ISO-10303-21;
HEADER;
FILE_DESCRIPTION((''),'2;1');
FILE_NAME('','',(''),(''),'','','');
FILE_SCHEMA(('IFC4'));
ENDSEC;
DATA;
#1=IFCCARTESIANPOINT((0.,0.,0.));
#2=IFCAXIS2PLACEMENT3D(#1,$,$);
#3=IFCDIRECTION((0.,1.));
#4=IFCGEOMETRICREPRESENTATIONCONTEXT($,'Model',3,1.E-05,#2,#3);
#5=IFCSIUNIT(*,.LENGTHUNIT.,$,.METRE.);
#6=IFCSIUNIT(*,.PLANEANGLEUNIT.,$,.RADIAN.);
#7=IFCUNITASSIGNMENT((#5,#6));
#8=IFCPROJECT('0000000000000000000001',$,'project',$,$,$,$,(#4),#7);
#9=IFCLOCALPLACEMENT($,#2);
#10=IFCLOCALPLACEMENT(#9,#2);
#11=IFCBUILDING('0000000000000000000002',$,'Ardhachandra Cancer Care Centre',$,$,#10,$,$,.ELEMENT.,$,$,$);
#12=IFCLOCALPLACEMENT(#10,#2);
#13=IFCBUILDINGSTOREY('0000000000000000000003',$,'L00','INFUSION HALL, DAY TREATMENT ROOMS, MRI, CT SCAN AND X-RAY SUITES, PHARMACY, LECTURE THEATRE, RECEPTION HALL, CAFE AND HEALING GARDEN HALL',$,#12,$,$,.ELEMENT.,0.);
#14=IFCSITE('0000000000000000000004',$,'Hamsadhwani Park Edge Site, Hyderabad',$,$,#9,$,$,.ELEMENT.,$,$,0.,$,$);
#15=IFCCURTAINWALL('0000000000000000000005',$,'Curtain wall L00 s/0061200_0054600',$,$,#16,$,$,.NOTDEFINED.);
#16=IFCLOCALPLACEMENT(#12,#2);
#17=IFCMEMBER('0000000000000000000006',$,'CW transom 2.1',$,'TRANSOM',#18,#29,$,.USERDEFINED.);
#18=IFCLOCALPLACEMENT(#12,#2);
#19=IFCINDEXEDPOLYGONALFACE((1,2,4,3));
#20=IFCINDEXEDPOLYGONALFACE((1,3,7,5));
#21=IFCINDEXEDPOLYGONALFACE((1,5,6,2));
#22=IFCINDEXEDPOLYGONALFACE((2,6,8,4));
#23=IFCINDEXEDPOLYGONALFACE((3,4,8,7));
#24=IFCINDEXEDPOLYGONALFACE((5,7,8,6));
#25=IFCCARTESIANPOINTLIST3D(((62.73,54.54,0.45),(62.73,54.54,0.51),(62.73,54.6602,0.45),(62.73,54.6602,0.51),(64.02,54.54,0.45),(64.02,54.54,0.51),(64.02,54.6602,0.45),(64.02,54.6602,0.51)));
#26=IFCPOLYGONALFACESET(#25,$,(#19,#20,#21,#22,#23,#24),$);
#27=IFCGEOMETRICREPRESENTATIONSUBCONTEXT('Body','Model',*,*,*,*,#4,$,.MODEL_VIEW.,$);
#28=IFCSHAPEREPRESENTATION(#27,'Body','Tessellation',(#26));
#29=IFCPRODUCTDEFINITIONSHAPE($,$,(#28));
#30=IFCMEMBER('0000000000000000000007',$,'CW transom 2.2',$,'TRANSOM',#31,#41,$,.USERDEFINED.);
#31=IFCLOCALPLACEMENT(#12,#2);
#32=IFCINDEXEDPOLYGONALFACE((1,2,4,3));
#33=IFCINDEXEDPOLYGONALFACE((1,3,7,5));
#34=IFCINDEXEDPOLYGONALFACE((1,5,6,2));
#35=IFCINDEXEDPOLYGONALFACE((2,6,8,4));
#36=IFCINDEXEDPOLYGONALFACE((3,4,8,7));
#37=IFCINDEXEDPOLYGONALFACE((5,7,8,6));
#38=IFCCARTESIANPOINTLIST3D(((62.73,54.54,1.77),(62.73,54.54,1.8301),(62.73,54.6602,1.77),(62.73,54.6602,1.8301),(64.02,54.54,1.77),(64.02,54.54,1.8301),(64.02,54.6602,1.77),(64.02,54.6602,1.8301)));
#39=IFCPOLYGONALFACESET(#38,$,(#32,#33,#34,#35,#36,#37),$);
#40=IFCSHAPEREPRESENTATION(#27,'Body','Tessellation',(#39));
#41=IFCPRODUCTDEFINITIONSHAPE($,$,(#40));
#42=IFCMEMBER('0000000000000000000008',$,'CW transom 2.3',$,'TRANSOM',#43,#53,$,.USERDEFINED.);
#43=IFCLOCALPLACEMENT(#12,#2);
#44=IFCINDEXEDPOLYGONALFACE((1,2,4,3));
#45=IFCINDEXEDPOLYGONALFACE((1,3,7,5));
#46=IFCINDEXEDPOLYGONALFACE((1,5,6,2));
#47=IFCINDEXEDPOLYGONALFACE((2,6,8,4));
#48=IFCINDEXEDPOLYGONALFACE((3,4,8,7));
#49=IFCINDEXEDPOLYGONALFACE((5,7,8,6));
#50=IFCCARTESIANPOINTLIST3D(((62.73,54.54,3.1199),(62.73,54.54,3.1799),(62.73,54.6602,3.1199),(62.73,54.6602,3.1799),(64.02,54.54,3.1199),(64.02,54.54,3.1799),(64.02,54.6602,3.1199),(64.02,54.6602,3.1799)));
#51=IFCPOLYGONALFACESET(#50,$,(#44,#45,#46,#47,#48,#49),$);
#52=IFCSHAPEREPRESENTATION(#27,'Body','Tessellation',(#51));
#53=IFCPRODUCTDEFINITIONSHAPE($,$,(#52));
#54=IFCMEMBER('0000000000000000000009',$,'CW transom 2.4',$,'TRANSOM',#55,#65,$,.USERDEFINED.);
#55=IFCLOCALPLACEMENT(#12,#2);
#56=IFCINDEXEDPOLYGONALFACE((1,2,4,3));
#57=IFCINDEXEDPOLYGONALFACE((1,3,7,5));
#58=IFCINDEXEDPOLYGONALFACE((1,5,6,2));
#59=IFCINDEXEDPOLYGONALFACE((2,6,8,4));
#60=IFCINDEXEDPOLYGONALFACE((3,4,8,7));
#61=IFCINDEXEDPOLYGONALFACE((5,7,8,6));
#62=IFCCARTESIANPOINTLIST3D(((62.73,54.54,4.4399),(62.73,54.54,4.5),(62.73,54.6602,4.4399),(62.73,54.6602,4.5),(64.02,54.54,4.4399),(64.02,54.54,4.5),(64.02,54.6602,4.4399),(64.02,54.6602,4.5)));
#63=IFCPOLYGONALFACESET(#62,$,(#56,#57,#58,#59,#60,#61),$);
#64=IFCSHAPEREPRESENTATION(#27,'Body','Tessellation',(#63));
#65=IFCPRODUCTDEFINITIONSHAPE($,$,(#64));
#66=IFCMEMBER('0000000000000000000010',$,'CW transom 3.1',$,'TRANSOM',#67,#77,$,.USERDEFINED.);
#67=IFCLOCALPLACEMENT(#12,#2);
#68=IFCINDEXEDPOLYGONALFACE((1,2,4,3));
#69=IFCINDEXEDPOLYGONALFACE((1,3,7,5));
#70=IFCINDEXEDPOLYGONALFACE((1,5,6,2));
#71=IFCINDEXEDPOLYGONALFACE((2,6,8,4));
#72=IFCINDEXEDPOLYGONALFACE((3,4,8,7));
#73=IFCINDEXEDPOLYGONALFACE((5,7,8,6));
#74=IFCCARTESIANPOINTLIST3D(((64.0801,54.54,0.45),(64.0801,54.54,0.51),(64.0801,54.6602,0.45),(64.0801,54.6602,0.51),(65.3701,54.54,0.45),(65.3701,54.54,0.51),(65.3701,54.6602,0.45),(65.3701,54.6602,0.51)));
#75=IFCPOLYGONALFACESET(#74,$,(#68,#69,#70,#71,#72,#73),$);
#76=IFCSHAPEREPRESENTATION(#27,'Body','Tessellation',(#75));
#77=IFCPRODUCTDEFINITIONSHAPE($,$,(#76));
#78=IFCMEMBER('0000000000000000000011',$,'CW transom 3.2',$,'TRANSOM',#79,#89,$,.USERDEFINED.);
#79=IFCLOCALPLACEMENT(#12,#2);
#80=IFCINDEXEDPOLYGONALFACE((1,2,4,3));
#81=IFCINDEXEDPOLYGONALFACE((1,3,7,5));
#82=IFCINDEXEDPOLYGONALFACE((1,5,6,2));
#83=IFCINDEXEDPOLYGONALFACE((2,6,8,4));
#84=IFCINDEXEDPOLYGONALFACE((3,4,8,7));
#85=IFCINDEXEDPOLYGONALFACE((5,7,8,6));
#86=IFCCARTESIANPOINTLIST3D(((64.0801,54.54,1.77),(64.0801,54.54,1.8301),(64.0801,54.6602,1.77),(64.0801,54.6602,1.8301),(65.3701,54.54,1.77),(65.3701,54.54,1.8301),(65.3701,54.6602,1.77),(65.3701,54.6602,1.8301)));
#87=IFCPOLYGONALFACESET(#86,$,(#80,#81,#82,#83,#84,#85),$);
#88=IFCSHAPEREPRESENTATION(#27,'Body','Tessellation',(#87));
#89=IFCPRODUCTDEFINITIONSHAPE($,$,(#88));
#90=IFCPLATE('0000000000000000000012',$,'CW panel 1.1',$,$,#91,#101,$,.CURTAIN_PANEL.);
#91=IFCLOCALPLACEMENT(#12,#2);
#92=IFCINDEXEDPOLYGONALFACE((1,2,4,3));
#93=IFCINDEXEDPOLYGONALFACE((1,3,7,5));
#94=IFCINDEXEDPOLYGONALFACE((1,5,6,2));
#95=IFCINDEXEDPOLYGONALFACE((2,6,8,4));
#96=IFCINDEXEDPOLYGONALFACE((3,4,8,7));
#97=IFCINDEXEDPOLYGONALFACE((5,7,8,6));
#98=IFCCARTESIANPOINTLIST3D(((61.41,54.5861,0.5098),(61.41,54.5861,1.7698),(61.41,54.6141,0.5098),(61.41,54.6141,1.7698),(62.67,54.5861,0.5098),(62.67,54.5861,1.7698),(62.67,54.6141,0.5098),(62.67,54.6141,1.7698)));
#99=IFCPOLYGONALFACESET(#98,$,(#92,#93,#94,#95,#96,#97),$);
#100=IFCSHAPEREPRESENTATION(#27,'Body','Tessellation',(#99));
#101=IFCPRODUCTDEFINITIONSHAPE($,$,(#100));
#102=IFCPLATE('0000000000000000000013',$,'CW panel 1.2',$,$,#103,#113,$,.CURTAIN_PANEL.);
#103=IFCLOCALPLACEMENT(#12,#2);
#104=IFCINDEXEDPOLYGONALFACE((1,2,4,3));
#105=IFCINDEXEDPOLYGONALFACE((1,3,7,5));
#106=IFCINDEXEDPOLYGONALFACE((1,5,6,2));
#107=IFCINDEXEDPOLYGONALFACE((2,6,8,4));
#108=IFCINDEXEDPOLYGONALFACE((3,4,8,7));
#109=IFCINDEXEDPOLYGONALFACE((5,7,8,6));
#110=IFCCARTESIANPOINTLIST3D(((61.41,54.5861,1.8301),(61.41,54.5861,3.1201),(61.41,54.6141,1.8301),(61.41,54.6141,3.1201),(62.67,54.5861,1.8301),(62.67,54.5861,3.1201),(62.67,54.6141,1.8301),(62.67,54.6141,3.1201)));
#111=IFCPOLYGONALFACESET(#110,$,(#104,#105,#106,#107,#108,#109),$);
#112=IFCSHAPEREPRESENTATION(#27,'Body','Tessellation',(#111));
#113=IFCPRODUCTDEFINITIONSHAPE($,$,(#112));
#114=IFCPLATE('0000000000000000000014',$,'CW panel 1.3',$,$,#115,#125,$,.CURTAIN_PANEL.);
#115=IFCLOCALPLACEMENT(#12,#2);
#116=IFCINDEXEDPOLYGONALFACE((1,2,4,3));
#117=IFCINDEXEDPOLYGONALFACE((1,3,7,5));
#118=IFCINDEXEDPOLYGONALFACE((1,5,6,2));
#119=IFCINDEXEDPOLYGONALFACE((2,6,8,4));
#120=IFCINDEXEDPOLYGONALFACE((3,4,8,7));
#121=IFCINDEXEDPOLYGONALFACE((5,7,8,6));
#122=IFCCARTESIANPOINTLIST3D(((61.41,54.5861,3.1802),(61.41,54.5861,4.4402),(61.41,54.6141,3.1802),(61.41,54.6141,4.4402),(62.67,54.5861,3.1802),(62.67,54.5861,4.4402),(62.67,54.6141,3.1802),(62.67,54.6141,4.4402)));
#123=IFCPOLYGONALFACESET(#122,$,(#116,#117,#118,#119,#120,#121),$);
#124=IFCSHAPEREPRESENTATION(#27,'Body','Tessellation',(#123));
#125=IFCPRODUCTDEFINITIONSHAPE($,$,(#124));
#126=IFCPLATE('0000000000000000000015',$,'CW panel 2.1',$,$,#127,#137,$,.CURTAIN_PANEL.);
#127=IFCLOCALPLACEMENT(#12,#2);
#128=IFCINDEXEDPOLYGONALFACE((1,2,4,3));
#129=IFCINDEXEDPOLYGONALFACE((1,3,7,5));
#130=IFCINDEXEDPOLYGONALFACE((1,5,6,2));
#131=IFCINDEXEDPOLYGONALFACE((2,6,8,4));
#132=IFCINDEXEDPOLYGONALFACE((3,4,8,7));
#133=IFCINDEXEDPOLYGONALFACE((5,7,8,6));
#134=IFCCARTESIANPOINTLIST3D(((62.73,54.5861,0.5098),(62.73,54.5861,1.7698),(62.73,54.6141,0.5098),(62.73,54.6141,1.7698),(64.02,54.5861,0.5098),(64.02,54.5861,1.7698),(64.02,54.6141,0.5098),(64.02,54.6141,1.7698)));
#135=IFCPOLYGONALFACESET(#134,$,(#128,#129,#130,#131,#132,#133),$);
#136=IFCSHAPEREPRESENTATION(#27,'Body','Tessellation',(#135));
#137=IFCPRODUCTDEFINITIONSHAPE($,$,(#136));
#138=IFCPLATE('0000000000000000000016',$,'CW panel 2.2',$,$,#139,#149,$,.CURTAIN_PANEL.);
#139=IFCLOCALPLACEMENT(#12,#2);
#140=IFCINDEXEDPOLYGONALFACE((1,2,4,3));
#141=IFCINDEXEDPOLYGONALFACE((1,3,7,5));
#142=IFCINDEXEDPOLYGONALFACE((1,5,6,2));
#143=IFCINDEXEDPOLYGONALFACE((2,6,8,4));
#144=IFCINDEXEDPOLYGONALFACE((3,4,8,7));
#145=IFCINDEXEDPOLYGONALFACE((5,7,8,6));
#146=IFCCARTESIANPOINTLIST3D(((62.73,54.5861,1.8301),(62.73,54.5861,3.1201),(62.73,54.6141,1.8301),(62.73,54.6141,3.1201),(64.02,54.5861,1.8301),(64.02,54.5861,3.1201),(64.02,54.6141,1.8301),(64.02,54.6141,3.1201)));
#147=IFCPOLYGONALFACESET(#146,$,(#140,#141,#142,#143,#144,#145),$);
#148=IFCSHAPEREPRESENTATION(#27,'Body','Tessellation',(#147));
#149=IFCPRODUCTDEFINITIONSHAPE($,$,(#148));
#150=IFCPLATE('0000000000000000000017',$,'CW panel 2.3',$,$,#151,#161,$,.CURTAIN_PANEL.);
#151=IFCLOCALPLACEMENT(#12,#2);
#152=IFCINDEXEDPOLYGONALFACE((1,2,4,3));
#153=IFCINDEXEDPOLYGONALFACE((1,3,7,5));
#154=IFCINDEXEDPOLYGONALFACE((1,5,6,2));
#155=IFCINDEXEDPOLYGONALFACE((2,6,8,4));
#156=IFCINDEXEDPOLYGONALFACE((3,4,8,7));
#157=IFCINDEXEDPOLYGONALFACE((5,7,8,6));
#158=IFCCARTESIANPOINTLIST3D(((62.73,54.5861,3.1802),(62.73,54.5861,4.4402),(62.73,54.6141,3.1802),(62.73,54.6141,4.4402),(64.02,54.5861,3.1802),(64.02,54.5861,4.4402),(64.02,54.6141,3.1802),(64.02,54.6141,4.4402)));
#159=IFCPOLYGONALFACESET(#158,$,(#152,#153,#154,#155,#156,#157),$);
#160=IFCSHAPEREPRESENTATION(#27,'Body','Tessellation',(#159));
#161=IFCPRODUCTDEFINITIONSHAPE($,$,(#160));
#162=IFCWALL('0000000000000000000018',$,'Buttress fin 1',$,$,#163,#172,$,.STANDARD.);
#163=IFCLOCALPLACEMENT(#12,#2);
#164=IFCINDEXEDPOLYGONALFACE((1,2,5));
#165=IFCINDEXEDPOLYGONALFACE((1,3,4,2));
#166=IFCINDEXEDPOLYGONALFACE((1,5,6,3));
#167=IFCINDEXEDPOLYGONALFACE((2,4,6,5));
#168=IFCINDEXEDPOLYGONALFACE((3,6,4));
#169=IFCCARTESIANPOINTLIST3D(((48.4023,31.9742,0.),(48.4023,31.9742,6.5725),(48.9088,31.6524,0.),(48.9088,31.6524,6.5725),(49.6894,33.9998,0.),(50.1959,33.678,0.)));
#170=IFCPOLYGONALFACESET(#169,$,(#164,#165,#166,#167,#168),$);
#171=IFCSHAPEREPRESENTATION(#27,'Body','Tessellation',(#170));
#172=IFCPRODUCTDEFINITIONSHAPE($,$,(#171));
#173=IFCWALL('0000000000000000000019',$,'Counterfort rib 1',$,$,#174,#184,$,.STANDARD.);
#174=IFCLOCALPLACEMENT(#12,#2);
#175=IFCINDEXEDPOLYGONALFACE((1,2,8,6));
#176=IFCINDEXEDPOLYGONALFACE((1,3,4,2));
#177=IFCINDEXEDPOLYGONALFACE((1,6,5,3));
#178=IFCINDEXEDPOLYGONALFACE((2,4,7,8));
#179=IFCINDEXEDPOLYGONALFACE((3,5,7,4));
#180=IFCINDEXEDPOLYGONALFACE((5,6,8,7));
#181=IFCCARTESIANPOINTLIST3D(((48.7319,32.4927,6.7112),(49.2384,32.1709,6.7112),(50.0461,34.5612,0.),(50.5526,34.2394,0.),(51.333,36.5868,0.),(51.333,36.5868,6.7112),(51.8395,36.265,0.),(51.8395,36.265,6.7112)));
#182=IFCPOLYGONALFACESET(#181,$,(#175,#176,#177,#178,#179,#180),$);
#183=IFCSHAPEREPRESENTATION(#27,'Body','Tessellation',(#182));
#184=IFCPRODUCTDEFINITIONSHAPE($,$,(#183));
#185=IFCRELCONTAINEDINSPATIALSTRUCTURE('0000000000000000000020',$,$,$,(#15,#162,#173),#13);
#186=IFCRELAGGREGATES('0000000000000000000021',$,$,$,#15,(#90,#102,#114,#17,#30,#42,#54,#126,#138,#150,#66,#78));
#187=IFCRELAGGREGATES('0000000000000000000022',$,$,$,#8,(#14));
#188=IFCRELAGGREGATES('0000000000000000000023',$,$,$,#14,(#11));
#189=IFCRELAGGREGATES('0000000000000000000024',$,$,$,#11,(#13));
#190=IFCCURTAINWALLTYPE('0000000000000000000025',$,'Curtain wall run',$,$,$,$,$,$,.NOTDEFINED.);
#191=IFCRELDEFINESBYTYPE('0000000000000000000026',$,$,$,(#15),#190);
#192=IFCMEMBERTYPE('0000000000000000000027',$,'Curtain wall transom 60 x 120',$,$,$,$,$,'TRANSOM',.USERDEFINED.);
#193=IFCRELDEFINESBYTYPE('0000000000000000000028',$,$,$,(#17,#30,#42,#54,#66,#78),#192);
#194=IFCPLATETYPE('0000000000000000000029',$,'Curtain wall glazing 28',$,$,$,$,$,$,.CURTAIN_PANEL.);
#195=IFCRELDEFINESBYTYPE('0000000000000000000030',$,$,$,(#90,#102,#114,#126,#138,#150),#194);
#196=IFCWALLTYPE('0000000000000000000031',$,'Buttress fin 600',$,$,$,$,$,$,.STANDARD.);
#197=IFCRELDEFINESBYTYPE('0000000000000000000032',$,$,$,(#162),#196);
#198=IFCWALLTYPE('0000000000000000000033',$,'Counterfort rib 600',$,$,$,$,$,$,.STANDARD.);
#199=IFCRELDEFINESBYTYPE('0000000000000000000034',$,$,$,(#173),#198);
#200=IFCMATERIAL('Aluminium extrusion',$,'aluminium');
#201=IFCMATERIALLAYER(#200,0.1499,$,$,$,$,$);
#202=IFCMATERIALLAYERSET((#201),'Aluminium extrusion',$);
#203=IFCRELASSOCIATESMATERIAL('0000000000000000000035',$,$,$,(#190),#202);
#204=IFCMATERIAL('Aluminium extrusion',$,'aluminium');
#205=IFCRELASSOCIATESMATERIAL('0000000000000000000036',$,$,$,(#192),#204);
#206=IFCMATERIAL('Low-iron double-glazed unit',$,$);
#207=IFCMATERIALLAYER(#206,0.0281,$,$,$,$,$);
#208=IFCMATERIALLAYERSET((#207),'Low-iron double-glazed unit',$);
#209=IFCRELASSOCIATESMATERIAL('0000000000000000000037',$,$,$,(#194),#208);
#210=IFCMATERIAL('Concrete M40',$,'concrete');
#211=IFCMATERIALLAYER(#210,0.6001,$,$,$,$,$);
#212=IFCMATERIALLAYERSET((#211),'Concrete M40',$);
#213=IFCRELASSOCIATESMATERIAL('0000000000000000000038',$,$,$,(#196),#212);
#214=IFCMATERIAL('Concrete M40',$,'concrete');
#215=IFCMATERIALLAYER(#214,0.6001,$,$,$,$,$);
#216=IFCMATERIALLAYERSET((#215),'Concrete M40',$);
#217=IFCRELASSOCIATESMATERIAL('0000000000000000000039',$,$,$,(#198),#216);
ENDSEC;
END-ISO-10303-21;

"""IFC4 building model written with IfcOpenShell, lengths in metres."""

from ifc_helpers import new_model, si_unit, direction, frame, origin, origin_2d, place, context, subcontext, project, spatial, polyline, rectangle, outline, extrude, material, layer, layer_set, material_profile, profile_set, type_object, element, aggregate, save


model = new_model("IFC4")

# Units and contexts
model_context = context("Model", 3, precision=1e-05, world=origin(), true_north=direction((0.0, 1.0)))
body_context = subcontext(model_context, "Body", "Model", "MODEL_VIEW")
ifc_project = project(units=[si_unit("LENGTHUNIT", "METRE"), si_unit("PLANEANGLEUNIT", "RADIAN")], contexts=[model_context])

# Site, building, storey
site_placement = place(None, origin())
site = spatial("IfcSite", under=ifc_project, at=site_placement, Name="Hamsadhwani Park Edge Site, Hyderabad", CompositionType="ELEMENT", RefElevation=0.0)
building_placement = place(site_placement, origin())
building = spatial("IfcBuilding", under=site, at=building_placement, Name="Ardhachandra Cancer Care Centre", CompositionType="ELEMENT")
storey_placement = place(building_placement, origin())
storey = spatial("IfcBuildingStorey", under=building, at=storey_placement, Name="L00", Description="INFUSION HALL, DAY TREATMENT ROOMS, MRI, CT SCAN AND X-RAY SUITES, PHARMACY, LECTURE THEATRE, RECEPTION HALL, CAFE AND HEALING GARDEN HALL", CompositionType="ELEMENT", Elevation=0.0)

# Curtain wall, members, plates
ifc_material_1 = material(Name="Aluminium extrusion", Category="aluminium")
ifc_layer_1 = layer(ifc_material_1, 0.1499)
ifc_layer_set_1 = layer_set([ifc_layer_1], Name="Aluminium extrusion")
curtain_wall_type = type_object("IfcCurtainWallType", Name="Curtain wall run", PredefinedType="NOTDEFINED", material=ifc_layer_set_1)
curtain_wall_placement = place(storey_placement, origin())
curtain_wall = element("IfcCurtainWall", 1, at=curtain_wall_placement, inside=storey, type_object=curtain_wall_type, Name="Curtain wall L00 s/0061200_0054600", PredefinedType="NOTDEFINED")
ifc_material_2 = material(Name="Aluminium extrusion", Category="aluminium")
ifc_material_profile_1 = material_profile(ifc_material_2, rectangle(XDim=0.1201, YDim=0.0601, at=origin_2d()), Name="Curtain wall transom 60 x 120")
ifc_profile_set_1 = profile_set([ifc_material_profile_1], Name="Aluminium extrusion")
member_type_1 = type_object("IfcMemberType", Name="Curtain wall transom 60 x 120", ElementType="TRANSOM", PredefinedType="USERDEFINED", material=ifc_profile_set_1)
member_1_placement = place(storey_placement, frame((62.73, 54.6001, 0.48), z_axis=(1.0, 0.0, 0.0), x_axis=(0.0, 1.0, 0.0)))
member_1 = element("IfcMember", 2, at=member_1_placement, type_object=member_type_1, Name="CW transom 2.1", ObjectType="TRANSOM", PredefinedType="USERDEFINED", context=body_context, shape_type="SweptSolid", body=[
    extrude(rectangle(XDim=0.1201, YDim=0.0601, at=origin_2d()), origin(), (0.0, 0.0, 1.0), 1.29),
])
member_2_placement = place(storey_placement, frame((62.73, 54.6001, 1.8), z_axis=(1.0, 0.0, 0.0), x_axis=(0.0, 1.0, 0.0)))
member_2 = element("IfcMember", 3, at=member_2_placement, type_object=member_type_1, Name="CW transom 2.2", ObjectType="TRANSOM", PredefinedType="USERDEFINED", context=body_context, shape_type="SweptSolid", body=[
    extrude(rectangle(XDim=0.1201, YDim=0.0601, at=origin_2d()), origin(), (0.0, 0.0, 1.0), 1.29),
])
member_3_placement = place(storey_placement, frame((62.73, 54.6001, 3.1499), z_axis=(1.0, 0.0, 0.0), x_axis=(0.0, 1.0, 0.0)))
member_3 = element("IfcMember", 4, at=member_3_placement, type_object=member_type_1, Name="CW transom 2.3", ObjectType="TRANSOM", PredefinedType="USERDEFINED", context=body_context, shape_type="SweptSolid", body=[
    extrude(rectangle(XDim=0.1201, YDim=0.0601, at=origin_2d()), origin(), (0.0, 0.0, 1.0), 1.29),
])
member_4_placement = place(storey_placement, frame((62.73, 54.6001, 4.47), z_axis=(1.0, 0.0, 0.0), x_axis=(0.0, 1.0, 0.0)))
member_4 = element("IfcMember", 5, at=member_4_placement, type_object=member_type_1, Name="CW transom 2.4", ObjectType="TRANSOM", PredefinedType="USERDEFINED", context=body_context, shape_type="SweptSolid", body=[
    extrude(rectangle(XDim=0.1201, YDim=0.0601, at=origin_2d()), origin(), (0.0, 0.0, 1.0), 1.29),
])
member_5_placement = place(storey_placement, frame((64.0801, 54.6001, 0.48), z_axis=(1.0, 0.0, 0.0), x_axis=(0.0, 1.0, 0.0)))
member_5 = element("IfcMember", 6, at=member_5_placement, type_object=member_type_1, Name="CW transom 3.1", ObjectType="TRANSOM", PredefinedType="USERDEFINED", context=body_context, shape_type="SweptSolid", body=[
    extrude(rectangle(XDim=0.1201, YDim=0.0601, at=origin_2d()), origin(), (0.0, 0.0, 1.0), 1.29),
])
member_6_placement = place(storey_placement, frame((64.0801, 54.6001, 1.8), z_axis=(1.0, 0.0, 0.0), x_axis=(0.0, 1.0, 0.0)))
member_6 = element("IfcMember", 7, at=member_6_placement, type_object=member_type_1, Name="CW transom 3.2", ObjectType="TRANSOM", PredefinedType="USERDEFINED", context=body_context, shape_type="SweptSolid", body=[
    extrude(rectangle(XDim=0.1201, YDim=0.0601, at=origin_2d()), origin(), (0.0, 0.0, 1.0), 1.29),
])
ifc_material_3 = material(Name="Low-iron double-glazed unit")
ifc_layer_2 = layer(ifc_material_3, 0.0281)
ifc_layer_set_2 = layer_set([ifc_layer_2], Name="Low-iron double-glazed unit")
plate_type = type_object("IfcPlateType", Name="Curtain wall glazing 28", PredefinedType="CURTAIN_PANEL", material=ifc_layer_set_2)
plate_1_placement = place(storey_placement, frame((62.04, 54.6001, 0.5098), z_axis=(0.0, 0.0, 1.0), x_axis=(1.0, 0.0, 0.0)))
plate_1 = element("IfcPlate", 8, at=plate_1_placement, type_object=plate_type, Name="CW panel 1.1", PredefinedType="CURTAIN_PANEL", context=body_context, shape_type="SweptSolid", body=[
    extrude(rectangle(XDim=1.26, YDim=0.0281, at=origin_2d()), origin(), (0.0, 0.0, 1.0), 1.26),
])
plate_2_placement = place(storey_placement, frame((62.04, 54.6001, 1.8301), z_axis=(0.0, 0.0, 1.0), x_axis=(1.0, 0.0, 0.0)))
plate_2 = element("IfcPlate", 9, at=plate_2_placement, type_object=plate_type, Name="CW panel 1.2", PredefinedType="CURTAIN_PANEL", context=body_context, shape_type="SweptSolid", body=[
    extrude(rectangle(XDim=1.26, YDim=0.0281, at=origin_2d()), origin(), (0.0, 0.0, 1.0), 1.29),
])
plate_3_placement = place(storey_placement, frame((62.04, 54.6001, 3.1802), z_axis=(0.0, 0.0, 1.0), x_axis=(1.0, 0.0, 0.0)))
plate_3 = element("IfcPlate", 10, at=plate_3_placement, type_object=plate_type, Name="CW panel 1.3", PredefinedType="CURTAIN_PANEL", context=body_context, shape_type="SweptSolid", body=[
    extrude(rectangle(XDim=1.26, YDim=0.0281, at=origin_2d()), origin(), (0.0, 0.0, 1.0), 1.26),
])
plate_4_placement = place(storey_placement, frame((63.375, 54.6001, 0.5098), z_axis=(0.0, 0.0, 1.0), x_axis=(1.0, 0.0, 0.0)))
plate_4 = element("IfcPlate", 11, at=plate_4_placement, type_object=plate_type, Name="CW panel 2.1", PredefinedType="CURTAIN_PANEL", context=body_context, shape_type="SweptSolid", body=[
    extrude(rectangle(XDim=1.29, YDim=0.0281, at=origin_2d()), origin(), (0.0, 0.0, 1.0), 1.26),
])
plate_5_placement = place(storey_placement, frame((63.375, 54.6001, 1.8301), z_axis=(0.0, 0.0, 1.0), x_axis=(1.0, 0.0, 0.0)))
plate_5 = element("IfcPlate", 12, at=plate_5_placement, type_object=plate_type, Name="CW panel 2.2", PredefinedType="CURTAIN_PANEL", context=body_context, shape_type="SweptSolid", body=[
    extrude(rectangle(XDim=1.29, YDim=0.0281, at=origin_2d()), origin(), (0.0, 0.0, 1.0), 1.29),
])
plate_6_placement = place(storey_placement, frame((63.375, 54.6001, 3.1802), z_axis=(0.0, 0.0, 1.0), x_axis=(1.0, 0.0, 0.0)))
plate_6 = element("IfcPlate", 13, at=plate_6_placement, type_object=plate_type, Name="CW panel 2.3", PredefinedType="CURTAIN_PANEL", context=body_context, shape_type="SweptSolid", body=[
    extrude(rectangle(XDim=1.29, YDim=0.0281, at=origin_2d()), origin(), (0.0, 0.0, 1.0), 1.26),
])
aggregate(curtain_wall, [plate_1, plate_2, plate_3, member_1, member_2, member_3, member_4, plate_4, plate_5, plate_6, member_5, member_6])

# Walls
ifc_material_4 = material(Name="Concrete M40", Category="concrete")
ifc_layer_3 = layer(ifc_material_4, 0.6001)
ifc_layer_set_3 = layer_set([ifc_layer_3], Name="Concrete M40")
wall_type_1 = type_object("IfcWallType", Name="Buttress fin 600", PredefinedType="STANDARD", material=ifc_layer_set_3)
wall_1_placement = place(storey_placement, frame((49.9426, 33.8389, 0.0), z_axis=(0.0, 0.0, 1.0), x_axis=(-0.536303, -0.844026, 0.0)))
element("IfcWall", 14, at=wall_1_placement, inside=storey, type_object=wall_type_1, Name="Buttress fin 1", PredefinedType="STANDARD", context=body_context, shape_type="SweptSolid", body=[
    extrude(outline(polyline([(0.0, 0.0), (2.3999, 0.0), (2.3999, 6.5725), (0.0, 0.0)])), frame((0.0, 0.3, 0.0), z_axis=(0.0, -1.0, 0.0), x_axis=(1.0, 0.0, 0.0)), (0.0, 0.0, 1.0), 0.6001),
])
ifc_material_5 = material(Name="Concrete M40", Category="concrete")
ifc_layer_4 = layer(ifc_material_5, 0.6001)
ifc_layer_set_4 = layer_set([ifc_layer_4], Name="Concrete M40")
wall_type_2 = type_object("IfcWallType", Name="Counterfort rib 600", PredefinedType="STANDARD", material=ifc_layer_set_4)
wall_2_placement = place(storey_placement, frame((48.9851, 32.3318, 0.0), z_axis=(0.0, 0.0, 1.0), x_axis=(0.53626, 0.844053, 0.0)))
element("IfcWall", 15, at=wall_2_placement, inside=storey, type_object=wall_type_2, Name="Counterfort rib 1", PredefinedType="STANDARD", context=body_context, shape_type="SweptSolid", body=[
    extrude(outline(polyline([(2.4507, 0.0), (4.8506, 0.0), (4.8506, 6.7112), (0.0, 6.7112), (2.4507, 0.0)])), frame((0.0, 0.3, 0.0), z_axis=(0.0, -1.0, 0.0), x_axis=(1.0, 0.0, 0.0)), (0.0, 0.0, 1.0), 0.6001),
])

save(model, "model.ifc")
